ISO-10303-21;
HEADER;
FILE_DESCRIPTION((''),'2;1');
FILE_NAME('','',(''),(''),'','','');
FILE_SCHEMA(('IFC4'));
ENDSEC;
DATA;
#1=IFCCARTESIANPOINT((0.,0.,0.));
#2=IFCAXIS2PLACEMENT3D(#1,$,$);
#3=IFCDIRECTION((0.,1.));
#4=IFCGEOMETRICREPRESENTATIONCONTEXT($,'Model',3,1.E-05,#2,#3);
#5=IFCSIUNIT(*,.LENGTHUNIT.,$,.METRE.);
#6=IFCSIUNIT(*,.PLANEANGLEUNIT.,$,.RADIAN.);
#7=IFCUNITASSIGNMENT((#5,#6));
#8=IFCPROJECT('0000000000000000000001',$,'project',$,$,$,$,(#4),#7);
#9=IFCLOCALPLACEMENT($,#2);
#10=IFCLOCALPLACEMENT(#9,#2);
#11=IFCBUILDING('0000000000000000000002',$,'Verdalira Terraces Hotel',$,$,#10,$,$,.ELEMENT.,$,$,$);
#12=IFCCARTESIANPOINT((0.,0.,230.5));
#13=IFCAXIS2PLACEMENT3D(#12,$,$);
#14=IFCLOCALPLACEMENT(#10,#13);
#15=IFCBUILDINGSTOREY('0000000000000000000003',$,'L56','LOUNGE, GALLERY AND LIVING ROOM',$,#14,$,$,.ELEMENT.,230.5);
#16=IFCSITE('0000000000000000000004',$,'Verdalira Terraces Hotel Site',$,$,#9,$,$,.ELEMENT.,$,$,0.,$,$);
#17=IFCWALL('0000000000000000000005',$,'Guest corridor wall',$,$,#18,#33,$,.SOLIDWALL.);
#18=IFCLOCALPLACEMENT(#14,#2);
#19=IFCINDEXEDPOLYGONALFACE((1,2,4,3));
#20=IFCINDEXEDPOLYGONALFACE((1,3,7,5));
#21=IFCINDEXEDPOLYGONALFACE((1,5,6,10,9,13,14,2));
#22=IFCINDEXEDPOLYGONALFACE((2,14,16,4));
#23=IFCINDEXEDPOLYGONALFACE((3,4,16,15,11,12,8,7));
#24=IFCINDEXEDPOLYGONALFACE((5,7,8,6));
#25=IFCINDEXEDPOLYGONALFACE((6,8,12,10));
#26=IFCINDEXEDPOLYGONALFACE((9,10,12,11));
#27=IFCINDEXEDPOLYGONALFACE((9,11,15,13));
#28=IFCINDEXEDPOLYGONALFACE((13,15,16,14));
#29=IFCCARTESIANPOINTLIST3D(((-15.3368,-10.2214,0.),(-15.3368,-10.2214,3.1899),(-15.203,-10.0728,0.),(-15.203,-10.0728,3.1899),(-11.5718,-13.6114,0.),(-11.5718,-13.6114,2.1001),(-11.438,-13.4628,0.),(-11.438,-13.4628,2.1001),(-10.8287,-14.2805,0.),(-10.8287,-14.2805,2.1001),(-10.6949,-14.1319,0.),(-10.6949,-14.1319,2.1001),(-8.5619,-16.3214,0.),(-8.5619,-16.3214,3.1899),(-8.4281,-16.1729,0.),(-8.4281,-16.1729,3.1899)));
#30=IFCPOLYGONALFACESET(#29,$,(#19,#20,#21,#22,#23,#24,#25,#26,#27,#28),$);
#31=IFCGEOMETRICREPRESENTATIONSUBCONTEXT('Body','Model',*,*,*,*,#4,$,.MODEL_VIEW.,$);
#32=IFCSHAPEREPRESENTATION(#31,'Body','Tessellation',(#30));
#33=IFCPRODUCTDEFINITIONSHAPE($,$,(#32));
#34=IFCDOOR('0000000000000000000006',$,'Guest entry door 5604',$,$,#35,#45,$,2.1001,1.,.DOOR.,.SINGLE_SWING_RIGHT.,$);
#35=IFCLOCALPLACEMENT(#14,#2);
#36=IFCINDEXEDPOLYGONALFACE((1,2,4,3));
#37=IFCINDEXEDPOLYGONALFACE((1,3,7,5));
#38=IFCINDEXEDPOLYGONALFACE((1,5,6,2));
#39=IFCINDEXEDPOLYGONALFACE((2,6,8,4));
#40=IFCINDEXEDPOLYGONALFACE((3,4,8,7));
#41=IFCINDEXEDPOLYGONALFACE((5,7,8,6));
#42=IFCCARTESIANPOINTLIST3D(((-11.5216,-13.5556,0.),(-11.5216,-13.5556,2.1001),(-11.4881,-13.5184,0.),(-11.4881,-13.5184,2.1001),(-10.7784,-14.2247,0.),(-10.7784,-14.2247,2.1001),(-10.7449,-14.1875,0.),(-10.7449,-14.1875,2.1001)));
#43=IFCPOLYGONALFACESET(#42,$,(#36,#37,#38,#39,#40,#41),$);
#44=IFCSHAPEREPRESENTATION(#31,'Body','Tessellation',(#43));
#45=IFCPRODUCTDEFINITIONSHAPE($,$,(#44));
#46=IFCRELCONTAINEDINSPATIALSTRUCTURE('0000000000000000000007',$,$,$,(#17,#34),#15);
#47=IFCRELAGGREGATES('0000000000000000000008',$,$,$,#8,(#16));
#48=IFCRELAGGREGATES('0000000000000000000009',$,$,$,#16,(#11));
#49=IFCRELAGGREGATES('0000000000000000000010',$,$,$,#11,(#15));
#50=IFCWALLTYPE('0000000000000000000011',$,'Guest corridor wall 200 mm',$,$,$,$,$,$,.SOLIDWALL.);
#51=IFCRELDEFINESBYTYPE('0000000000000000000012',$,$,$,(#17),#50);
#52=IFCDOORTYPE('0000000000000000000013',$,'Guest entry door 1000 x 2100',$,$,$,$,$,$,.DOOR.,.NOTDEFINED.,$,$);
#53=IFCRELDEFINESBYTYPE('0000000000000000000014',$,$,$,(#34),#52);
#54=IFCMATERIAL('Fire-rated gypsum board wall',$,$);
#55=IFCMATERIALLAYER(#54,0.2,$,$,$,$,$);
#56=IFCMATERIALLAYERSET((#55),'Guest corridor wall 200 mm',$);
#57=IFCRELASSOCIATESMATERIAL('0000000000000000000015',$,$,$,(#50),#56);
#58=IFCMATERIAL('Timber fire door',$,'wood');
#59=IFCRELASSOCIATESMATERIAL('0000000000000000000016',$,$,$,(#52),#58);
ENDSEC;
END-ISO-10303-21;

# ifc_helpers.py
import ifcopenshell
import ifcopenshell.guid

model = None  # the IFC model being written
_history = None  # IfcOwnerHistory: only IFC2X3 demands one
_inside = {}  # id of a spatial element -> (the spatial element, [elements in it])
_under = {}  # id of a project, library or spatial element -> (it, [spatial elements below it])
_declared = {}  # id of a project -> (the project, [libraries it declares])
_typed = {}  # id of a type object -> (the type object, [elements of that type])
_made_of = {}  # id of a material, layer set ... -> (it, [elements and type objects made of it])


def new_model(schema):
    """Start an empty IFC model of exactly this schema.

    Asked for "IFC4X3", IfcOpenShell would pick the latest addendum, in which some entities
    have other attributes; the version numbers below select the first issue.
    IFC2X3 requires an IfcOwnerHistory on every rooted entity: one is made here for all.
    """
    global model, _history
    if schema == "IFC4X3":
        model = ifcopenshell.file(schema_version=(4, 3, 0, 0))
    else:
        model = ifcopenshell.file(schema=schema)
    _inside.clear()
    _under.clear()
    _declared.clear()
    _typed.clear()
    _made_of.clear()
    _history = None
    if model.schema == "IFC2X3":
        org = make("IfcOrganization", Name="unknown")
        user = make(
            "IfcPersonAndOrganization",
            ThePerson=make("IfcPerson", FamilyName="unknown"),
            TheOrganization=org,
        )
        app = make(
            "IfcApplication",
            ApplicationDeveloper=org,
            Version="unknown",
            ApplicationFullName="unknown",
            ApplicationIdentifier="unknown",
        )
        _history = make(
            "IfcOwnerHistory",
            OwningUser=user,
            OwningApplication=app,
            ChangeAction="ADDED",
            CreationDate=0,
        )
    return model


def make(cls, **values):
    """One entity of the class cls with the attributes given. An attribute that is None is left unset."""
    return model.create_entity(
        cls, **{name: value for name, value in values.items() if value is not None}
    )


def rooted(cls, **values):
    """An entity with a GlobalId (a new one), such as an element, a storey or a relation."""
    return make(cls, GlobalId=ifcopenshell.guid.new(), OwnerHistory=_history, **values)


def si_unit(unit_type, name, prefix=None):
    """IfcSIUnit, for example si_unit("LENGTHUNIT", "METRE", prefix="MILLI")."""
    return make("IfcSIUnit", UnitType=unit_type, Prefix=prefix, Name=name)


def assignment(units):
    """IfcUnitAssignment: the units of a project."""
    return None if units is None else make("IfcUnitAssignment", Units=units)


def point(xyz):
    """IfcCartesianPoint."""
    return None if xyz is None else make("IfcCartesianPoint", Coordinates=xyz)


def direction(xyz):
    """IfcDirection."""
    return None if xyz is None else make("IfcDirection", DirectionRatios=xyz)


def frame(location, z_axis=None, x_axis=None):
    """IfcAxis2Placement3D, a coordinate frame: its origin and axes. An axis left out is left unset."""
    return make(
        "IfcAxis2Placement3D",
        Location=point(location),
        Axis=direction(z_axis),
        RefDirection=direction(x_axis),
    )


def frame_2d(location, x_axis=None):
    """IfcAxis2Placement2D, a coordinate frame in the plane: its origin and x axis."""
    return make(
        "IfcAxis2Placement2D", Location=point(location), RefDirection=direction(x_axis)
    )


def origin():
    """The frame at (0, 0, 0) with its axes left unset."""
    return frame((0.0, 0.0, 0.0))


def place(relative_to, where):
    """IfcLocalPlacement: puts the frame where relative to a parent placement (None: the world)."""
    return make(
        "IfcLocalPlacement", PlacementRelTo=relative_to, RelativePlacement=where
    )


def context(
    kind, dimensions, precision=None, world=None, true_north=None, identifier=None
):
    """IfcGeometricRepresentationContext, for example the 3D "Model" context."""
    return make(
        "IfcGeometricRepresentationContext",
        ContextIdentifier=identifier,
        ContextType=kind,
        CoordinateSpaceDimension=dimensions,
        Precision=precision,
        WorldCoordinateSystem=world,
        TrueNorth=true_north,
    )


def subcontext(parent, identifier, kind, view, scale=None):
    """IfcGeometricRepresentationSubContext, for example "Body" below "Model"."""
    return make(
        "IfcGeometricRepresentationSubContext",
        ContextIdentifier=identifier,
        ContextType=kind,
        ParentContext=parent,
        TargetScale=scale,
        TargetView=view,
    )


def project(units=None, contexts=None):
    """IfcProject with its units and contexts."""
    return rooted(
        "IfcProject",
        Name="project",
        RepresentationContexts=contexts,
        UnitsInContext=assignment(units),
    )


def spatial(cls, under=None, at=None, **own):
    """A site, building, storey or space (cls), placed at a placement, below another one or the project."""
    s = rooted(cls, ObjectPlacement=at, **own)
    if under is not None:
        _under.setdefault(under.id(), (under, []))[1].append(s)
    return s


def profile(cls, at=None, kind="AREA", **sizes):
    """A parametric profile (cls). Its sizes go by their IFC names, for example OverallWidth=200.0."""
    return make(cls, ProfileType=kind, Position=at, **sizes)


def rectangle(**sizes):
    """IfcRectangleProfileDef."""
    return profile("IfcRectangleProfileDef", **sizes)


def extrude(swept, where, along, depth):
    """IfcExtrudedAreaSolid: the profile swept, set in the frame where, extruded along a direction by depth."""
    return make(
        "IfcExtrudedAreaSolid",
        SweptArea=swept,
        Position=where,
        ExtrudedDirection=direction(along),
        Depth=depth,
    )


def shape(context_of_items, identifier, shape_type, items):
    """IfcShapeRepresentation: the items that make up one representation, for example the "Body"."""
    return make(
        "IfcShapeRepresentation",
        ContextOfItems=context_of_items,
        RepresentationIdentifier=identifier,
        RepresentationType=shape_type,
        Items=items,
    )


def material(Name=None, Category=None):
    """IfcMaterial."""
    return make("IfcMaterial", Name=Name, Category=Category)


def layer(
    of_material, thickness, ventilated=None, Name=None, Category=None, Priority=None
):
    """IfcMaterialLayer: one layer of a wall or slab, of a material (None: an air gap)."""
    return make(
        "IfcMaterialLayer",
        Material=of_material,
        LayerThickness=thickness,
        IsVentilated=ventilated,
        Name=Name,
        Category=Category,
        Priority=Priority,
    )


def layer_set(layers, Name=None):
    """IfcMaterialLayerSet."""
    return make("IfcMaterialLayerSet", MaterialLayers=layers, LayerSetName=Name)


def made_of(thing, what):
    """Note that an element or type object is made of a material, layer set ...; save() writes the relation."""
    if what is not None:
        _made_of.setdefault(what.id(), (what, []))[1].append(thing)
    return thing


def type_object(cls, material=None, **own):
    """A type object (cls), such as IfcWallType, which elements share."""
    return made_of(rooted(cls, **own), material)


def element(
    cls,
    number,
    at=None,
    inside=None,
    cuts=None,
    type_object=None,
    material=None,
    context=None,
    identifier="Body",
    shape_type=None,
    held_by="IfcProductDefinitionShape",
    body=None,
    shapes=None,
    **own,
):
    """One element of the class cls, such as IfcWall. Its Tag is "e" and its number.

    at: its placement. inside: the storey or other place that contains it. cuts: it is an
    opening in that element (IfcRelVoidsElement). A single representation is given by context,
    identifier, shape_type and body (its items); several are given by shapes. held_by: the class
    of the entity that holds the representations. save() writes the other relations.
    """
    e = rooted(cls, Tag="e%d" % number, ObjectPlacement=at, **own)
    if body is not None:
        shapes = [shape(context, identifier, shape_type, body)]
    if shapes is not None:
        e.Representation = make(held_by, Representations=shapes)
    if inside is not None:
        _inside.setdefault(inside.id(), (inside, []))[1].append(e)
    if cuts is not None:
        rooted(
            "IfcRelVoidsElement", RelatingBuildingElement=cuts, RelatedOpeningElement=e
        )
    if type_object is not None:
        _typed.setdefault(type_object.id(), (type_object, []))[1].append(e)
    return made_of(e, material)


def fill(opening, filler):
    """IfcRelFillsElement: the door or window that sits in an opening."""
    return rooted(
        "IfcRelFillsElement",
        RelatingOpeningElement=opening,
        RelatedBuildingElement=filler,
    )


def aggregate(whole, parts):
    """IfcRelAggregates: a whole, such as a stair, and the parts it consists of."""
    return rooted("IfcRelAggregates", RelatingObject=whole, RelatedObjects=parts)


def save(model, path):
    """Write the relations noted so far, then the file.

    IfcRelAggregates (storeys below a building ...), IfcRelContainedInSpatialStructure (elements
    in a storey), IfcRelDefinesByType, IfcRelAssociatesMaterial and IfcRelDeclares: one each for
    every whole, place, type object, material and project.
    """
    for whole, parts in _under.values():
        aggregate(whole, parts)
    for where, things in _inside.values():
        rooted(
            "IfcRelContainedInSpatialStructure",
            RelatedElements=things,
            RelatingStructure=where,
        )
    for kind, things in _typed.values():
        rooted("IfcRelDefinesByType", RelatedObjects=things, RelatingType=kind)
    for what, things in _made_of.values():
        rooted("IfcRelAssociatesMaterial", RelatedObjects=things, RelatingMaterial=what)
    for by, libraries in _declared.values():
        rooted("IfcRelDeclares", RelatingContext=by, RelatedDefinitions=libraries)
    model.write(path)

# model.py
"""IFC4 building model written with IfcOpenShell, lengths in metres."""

from ifc_helpers import new_model, si_unit, direction, frame, frame_2d, origin, place, context, subcontext, project, spatial, rectangle, extrude, material, layer, layer_set, type_object, element, fill, save


model = new_model("IFC4")

# Units and contexts
model_context = context("Model", 3, precision=1e-05, world=origin(), true_north=direction((0.0, 1.0)))
body_context = subcontext(model_context, "Body", "Model", "MODEL_VIEW")
ifc_project = project(units=[si_unit("LENGTHUNIT", "METRE"), si_unit("PLANEANGLEUNIT", "RADIAN")], contexts=[model_context])

# Site, building, storey
site_placement = place(None, origin())
site = spatial("IfcSite", under=ifc_project, at=site_placement, Name="Verdalira Terraces Hotel Site", CompositionType="ELEMENT", RefElevation=0.0)
building_placement = place(site_placement, origin())
building = spatial("IfcBuilding", under=site, at=building_placement, Name="Verdalira Terraces Hotel", CompositionType="ELEMENT")
storey_placement = place(building_placement, frame((0.0, 0.0, 230.5)))
storey = spatial("IfcBuildingStorey", under=building, at=storey_placement, Name="L56", Description="LOUNGE, GALLERY AND LIVING ROOM", CompositionType="ELEMENT", Elevation=230.5)

# Wall, opening, door
ifc_material_1 = material(Name="Fire-rated gypsum board wall")
ifc_layer_1 = layer(ifc_material_1, 0.2)
ifc_layer_set_1 = layer_set([ifc_layer_1], Name="Guest corridor wall 200 mm")
wall_type_1 = type_object("IfcWallType", Name="Guest corridor wall 200 mm", PredefinedType="SOLIDWALL", material=ifc_layer_set_1)
wall_1_placement = place(storey_placement, frame((-8.4951, -16.2471, 0.0), z_axis=(0.0, 0.0, 1.0), x_axis=(-0.743148, 0.669127, 0.0)))
wall_1 = element("IfcWall", 1, at=wall_1_placement, inside=storey, type_object=wall_type_1, Name="Guest corridor wall", PredefinedType="SOLIDWALL", context=body_context, shape_type="SweptSolid", body=[
    extrude(rectangle(XDim=9.1165, YDim=0.2, at=frame_2d((4.5581, 0.0))), origin(), (0.0, 0.0, 1.0), 3.1899),
])
opening_1_placement = place(wall_1_placement, frame((3.05, 0.0, 0.0)))
opening_1 = element("IfcOpeningElement", 2, at=opening_1_placement, cuts=wall_1, PredefinedType="OPENING", context=body_context, shape_type="SweptSolid", body=[
    extrude(rectangle(XDim=1.0, YDim=2.1001, at=frame_2d((0.5, 1.05))), frame((0.0, 0.1099, 0.0), z_axis=(0.0, -1.0, 0.0), x_axis=(1.0, 0.0, 0.0)), (0.0, 0.0, 1.0), 0.22),
])
ifc_material_2 = material(Name="Timber fire door", Category="wood")
door_type_1 = type_object("IfcDoorType", Name="Guest entry door 1000 x 2100", OperationType="NOTDEFINED", PredefinedType="DOOR", material=ifc_material_2)
door_1_placement = place(opening_1_placement, origin())
door_1 = element("IfcDoor", 3, at=door_1_placement, inside=storey, type_object=door_type_1, Name="Guest entry door 5604", OperationType="SINGLE_SWING_RIGHT", OverallHeight=2.1001, OverallWidth=1.0, PredefinedType="DOOR", context=body_context, shape_type="SweptSolid", body=[
    extrude(rectangle(XDim=1.0, YDim=2.1001, at=frame_2d((0.5, 1.05))), frame((0.0, 0.0249, 0.0), z_axis=(0.0, -1.0, 0.0), x_axis=(1.0, 0.0, 0.0)), (0.0, 0.0, 1.0), 0.05),
])
fill(opening_1, door_1)

save(model, "model.ifc")
